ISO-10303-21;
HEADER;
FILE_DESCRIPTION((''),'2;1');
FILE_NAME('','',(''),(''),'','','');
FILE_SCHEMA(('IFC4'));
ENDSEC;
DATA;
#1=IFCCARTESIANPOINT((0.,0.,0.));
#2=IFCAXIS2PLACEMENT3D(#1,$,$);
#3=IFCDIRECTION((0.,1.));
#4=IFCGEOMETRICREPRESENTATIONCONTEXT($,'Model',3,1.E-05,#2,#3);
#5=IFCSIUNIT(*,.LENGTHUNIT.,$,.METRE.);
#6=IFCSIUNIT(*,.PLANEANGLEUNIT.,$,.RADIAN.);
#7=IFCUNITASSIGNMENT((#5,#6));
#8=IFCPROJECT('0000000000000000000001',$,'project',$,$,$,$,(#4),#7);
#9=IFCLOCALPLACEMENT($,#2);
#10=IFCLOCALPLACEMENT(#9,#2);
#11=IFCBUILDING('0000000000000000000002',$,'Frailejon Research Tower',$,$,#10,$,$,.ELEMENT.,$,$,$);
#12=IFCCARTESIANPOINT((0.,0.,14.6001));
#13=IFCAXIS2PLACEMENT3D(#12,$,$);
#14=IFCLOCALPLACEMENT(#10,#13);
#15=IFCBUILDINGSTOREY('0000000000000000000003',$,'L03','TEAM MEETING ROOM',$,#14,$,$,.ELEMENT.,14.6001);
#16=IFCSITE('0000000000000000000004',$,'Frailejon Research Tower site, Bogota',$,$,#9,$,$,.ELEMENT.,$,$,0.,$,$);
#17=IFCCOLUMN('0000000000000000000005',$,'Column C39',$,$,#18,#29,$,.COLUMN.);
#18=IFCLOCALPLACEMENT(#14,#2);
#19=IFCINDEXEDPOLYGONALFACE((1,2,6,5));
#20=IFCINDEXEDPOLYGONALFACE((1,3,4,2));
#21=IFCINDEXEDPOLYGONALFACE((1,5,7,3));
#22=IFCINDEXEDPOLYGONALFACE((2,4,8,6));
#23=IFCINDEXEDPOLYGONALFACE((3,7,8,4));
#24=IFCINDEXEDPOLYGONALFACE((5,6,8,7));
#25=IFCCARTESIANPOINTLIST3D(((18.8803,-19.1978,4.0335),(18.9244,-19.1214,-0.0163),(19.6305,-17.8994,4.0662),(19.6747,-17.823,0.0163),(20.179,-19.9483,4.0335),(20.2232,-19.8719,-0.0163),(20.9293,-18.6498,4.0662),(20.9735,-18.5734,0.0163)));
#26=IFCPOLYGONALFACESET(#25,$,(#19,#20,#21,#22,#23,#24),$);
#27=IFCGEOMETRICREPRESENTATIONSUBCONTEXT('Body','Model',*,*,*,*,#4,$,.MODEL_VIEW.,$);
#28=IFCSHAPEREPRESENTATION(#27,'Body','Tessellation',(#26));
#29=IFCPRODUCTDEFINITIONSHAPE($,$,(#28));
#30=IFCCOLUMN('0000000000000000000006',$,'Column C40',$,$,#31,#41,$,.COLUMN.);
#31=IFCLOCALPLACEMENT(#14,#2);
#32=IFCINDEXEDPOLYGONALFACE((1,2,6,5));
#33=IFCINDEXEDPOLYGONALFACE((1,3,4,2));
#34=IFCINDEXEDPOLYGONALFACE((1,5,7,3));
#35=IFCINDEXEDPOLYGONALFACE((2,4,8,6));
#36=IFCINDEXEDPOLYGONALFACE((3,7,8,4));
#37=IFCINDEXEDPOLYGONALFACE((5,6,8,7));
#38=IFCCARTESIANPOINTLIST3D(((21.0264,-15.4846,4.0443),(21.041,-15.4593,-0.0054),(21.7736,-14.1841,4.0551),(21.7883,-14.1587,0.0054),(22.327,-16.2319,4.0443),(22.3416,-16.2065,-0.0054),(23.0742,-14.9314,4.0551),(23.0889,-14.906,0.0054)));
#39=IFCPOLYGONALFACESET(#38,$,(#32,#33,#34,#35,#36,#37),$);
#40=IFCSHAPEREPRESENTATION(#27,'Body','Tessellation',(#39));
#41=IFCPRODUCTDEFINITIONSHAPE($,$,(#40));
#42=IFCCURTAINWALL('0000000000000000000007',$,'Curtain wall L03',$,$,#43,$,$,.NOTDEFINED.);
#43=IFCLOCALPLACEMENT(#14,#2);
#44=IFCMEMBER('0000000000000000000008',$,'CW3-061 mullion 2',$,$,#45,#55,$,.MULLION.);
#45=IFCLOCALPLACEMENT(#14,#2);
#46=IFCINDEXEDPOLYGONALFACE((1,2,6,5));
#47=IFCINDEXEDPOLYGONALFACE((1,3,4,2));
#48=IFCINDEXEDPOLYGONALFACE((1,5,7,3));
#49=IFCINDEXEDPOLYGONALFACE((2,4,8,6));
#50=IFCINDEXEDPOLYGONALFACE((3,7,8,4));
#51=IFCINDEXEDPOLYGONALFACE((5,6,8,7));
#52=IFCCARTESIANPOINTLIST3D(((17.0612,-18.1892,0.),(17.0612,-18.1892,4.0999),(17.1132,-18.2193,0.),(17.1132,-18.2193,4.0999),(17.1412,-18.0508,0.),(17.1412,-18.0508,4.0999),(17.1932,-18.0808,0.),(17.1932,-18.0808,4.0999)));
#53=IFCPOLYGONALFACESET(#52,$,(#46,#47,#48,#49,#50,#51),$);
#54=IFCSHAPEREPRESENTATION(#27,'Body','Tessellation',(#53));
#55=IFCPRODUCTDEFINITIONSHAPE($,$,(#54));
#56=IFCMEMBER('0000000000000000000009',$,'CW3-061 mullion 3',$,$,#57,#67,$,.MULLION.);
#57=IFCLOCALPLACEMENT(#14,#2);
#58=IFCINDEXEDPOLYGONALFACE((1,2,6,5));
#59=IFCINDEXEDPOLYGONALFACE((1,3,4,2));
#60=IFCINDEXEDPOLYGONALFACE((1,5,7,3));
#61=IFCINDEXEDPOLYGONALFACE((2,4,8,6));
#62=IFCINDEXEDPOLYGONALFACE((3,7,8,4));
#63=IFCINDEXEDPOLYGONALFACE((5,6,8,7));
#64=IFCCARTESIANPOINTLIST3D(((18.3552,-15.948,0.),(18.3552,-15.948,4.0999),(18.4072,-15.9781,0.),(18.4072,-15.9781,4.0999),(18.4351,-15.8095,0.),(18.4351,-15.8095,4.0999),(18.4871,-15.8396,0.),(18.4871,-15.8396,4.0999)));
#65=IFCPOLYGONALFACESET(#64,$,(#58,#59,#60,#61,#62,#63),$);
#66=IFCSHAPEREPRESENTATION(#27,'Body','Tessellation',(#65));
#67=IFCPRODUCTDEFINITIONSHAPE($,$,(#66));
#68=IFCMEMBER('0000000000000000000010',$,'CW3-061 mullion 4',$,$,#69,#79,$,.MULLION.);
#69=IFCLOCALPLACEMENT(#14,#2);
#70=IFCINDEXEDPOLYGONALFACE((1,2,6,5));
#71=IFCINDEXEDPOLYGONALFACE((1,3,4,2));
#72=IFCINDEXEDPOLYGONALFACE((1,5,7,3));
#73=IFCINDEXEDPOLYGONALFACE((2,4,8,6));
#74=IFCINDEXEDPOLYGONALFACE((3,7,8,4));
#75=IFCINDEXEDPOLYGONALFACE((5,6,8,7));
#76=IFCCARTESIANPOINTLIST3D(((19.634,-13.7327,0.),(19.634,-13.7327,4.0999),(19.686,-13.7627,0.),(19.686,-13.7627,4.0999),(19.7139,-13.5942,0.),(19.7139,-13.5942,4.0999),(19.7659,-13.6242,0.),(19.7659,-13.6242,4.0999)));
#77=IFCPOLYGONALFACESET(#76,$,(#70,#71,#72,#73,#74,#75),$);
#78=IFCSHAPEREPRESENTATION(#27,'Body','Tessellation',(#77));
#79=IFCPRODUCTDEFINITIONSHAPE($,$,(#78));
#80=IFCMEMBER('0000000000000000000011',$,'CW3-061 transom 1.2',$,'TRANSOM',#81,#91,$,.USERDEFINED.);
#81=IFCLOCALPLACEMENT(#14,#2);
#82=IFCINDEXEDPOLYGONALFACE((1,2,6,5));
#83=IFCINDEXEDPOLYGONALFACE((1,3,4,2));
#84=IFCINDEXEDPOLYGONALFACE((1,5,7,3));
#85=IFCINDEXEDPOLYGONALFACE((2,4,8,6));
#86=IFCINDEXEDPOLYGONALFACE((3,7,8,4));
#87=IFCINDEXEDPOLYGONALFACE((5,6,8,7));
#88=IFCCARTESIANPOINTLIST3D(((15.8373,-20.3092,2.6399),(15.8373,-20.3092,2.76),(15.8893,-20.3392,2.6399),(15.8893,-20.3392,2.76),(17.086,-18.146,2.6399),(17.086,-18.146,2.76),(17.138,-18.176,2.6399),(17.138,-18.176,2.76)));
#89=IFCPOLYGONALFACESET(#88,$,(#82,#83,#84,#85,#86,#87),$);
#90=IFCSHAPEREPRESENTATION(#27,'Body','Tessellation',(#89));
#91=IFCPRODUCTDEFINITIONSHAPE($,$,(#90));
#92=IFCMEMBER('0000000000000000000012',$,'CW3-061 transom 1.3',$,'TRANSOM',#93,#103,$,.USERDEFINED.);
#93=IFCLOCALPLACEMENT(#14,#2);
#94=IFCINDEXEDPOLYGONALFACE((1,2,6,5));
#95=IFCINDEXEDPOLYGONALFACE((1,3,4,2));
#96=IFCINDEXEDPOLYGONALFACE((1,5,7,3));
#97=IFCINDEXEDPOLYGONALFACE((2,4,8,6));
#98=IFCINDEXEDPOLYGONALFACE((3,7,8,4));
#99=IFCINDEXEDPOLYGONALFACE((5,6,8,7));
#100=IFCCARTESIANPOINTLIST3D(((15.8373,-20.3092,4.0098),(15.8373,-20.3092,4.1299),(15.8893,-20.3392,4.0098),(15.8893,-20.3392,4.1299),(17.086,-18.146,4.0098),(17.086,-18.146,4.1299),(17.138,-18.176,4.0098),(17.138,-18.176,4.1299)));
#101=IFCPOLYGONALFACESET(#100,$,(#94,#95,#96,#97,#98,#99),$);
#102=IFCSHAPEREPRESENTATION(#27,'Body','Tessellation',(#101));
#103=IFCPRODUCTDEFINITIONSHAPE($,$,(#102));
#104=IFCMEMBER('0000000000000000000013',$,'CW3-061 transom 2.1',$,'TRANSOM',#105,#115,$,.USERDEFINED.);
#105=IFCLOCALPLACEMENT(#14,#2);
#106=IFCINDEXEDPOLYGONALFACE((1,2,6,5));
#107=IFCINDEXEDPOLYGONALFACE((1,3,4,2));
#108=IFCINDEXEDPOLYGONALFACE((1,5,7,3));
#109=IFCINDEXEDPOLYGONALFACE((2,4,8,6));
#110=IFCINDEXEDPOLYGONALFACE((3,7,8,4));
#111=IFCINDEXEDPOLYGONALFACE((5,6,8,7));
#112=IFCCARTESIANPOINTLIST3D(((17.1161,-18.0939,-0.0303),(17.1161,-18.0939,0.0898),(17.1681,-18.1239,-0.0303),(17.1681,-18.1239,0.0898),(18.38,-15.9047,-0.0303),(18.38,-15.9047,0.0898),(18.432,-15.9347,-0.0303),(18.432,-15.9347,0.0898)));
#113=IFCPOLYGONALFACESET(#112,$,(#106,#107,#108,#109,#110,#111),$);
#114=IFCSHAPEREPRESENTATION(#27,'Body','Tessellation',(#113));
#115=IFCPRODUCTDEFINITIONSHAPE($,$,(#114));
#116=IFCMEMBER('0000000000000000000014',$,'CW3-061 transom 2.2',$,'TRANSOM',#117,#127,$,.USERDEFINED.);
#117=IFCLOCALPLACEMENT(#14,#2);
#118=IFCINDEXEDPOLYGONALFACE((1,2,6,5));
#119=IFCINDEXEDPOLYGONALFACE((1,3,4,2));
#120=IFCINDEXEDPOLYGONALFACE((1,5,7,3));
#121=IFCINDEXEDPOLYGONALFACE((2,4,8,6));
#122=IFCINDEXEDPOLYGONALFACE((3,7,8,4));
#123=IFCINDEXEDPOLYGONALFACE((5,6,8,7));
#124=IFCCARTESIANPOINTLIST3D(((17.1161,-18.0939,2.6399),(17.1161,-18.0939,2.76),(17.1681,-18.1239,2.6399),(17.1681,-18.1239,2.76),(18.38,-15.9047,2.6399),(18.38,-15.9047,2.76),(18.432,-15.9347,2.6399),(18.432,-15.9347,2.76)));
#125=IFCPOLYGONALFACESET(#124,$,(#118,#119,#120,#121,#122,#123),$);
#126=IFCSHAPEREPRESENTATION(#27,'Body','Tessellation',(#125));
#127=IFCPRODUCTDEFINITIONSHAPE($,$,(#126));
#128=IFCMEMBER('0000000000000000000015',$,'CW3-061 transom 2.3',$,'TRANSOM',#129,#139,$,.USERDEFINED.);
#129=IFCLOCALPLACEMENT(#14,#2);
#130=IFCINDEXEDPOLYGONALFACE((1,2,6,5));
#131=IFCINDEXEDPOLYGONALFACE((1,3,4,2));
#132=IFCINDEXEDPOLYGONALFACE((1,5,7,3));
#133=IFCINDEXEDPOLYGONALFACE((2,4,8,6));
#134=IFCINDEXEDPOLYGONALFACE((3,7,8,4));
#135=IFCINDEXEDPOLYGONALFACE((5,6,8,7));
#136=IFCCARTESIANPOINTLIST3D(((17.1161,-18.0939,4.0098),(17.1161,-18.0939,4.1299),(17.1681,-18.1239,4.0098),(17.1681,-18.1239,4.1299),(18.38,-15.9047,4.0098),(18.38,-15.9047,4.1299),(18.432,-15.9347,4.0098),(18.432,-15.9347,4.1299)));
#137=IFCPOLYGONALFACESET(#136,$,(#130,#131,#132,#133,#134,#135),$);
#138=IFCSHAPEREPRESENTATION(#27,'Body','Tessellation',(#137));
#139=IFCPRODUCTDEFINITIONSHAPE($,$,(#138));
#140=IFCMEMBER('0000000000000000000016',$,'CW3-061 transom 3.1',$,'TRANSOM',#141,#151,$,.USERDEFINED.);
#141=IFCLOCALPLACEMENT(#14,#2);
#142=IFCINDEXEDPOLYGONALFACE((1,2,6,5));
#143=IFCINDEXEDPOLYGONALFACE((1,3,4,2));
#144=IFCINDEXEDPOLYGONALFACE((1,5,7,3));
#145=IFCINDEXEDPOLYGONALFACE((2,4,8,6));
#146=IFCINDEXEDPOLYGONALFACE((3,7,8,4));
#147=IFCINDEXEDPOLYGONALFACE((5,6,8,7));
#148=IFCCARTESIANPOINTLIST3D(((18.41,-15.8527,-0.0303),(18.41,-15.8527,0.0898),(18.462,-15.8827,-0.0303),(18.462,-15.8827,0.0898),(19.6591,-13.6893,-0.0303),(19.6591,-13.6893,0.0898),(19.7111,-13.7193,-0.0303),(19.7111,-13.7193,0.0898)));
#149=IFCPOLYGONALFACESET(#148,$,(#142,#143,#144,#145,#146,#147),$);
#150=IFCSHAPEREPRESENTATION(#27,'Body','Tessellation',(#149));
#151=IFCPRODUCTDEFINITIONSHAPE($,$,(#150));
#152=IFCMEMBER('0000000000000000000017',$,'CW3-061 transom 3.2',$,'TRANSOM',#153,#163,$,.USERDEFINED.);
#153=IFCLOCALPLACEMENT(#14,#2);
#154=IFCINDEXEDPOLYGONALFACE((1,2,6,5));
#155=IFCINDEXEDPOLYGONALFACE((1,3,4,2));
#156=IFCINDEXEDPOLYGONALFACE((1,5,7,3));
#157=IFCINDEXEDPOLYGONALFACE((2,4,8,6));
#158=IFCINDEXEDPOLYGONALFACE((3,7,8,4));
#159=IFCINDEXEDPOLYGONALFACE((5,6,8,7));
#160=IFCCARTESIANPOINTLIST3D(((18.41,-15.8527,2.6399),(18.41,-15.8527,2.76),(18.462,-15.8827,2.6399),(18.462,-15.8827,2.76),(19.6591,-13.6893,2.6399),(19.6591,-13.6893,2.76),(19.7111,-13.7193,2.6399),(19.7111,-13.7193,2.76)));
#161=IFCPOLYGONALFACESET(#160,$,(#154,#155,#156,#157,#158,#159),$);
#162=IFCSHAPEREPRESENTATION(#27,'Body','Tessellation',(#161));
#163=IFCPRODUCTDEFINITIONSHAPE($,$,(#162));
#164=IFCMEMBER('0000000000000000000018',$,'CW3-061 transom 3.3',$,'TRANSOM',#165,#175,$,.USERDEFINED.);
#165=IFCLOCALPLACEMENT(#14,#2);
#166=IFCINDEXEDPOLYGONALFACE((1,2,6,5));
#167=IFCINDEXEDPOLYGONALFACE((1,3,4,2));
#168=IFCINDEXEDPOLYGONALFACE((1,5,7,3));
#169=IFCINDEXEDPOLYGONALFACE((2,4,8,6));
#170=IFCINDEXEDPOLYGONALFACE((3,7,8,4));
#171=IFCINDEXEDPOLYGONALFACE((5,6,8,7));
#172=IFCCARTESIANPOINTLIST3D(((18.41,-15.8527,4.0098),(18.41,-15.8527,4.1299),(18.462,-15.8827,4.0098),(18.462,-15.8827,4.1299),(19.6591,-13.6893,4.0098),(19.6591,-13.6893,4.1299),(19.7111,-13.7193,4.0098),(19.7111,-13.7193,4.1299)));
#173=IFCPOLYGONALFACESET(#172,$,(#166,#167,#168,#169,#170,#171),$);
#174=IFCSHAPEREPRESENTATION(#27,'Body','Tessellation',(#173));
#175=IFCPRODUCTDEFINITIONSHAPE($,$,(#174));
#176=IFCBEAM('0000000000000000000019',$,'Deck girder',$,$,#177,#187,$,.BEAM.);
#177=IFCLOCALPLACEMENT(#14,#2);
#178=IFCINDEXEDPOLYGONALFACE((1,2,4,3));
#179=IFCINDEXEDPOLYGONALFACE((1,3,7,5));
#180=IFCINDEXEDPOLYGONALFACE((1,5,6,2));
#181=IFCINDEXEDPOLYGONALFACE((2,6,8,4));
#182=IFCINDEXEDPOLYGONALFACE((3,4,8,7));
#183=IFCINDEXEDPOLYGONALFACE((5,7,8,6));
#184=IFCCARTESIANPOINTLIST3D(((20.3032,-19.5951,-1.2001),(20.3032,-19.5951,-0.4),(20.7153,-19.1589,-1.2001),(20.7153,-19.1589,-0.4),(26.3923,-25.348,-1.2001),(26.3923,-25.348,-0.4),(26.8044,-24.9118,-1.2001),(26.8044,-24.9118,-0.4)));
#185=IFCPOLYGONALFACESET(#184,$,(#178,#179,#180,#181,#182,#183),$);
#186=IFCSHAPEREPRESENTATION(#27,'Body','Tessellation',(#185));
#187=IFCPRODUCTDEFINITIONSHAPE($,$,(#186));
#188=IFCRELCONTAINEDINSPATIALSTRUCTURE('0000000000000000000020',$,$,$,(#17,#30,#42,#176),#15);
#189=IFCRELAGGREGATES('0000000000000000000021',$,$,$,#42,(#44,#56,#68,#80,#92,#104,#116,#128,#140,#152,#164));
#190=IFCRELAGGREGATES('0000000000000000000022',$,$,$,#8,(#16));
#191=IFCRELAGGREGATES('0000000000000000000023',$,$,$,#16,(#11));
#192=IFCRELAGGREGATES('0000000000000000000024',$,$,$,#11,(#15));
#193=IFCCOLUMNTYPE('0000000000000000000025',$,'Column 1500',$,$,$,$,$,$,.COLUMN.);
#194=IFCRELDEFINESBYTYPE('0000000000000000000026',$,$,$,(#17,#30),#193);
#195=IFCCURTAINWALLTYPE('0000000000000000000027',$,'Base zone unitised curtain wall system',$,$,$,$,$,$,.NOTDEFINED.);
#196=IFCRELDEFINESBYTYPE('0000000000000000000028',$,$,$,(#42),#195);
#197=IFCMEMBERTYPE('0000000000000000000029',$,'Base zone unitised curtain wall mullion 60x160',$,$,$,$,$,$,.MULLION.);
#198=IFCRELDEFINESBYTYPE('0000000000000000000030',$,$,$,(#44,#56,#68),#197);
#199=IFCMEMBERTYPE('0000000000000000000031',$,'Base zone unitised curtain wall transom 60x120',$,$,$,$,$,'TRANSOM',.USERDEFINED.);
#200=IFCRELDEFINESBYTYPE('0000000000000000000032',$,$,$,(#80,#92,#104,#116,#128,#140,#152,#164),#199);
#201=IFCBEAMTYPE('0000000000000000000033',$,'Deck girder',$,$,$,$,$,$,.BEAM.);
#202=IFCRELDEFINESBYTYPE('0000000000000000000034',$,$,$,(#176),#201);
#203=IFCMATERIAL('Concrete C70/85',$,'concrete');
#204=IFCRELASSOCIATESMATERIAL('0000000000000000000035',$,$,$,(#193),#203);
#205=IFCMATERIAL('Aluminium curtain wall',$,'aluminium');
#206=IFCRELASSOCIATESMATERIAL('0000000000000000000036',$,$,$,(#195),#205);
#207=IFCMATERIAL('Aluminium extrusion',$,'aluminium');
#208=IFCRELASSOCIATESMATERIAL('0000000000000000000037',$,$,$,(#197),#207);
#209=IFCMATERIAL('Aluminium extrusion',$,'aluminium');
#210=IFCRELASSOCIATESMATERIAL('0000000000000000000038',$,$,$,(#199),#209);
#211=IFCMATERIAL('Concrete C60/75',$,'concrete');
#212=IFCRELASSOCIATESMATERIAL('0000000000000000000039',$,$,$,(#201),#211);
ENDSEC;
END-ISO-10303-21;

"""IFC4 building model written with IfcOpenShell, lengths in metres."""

from ifc_helpers import new_model, si_unit, direction, frame, origin, origin_2d, place, context, subcontext, project, spatial, rectangle, extrude, material, material_profile, profile_set, type_object, element, aggregate, save


model = new_model("IFC4")

# Units and contexts
model_context = context("Model", 3, precision=1e-05, world=origin(), true_north=direction((0.0, 1.0)))
body_context = subcontext(model_context, "Body", "Model", "MODEL_VIEW")
ifc_project = project(units=[si_unit("LENGTHUNIT", "METRE"), si_unit("PLANEANGLEUNIT", "RADIAN")], contexts=[model_context])

# Site, building, storey
site_placement = place(None, origin())
site = spatial("IfcSite", under=ifc_project, at=site_placement, Name="Frailejon Research Tower site, Bogota", CompositionType="ELEMENT", RefElevation=0.0)
building_placement = place(site_placement, origin())
building = spatial("IfcBuilding", under=site, at=building_placement, Name="Frailejon Research Tower", CompositionType="ELEMENT")
storey_placement = place(building_placement, frame((0.0, 0.0, 14.6001)))
storey = spatial("IfcBuildingStorey", under=building, at=storey_placement, Name="L03", Description="TEAM MEETING ROOM", CompositionType="ELEMENT", Elevation=14.6001)

# Columns
ifc_material_1 = material(Name="Concrete C70/85", Category="concrete")
ifc_material_profile_1 = material_profile(ifc_material_1, rectangle(XDim=1.5, YDim=1.5, at=origin_2d()), Name="Column 1500")
ifc_profile_set_1 = profile_set([ifc_material_profile_1], Name="Concrete C70/85")
column_type = type_object("IfcColumnType", Name="Column 1500", PredefinedType="COLUMN", material=ifc_profile_set_1)
column_1_placement = place(storey_placement, frame((19.949, -18.8474, 0.0), z_axis=(-0.010909, -0.018865, 0.999763), x_axis=(0.500187, 0.865643, 0.021792)))
element("IfcColumn", 1, at=column_1_placement, inside=storey, type_object=column_type, Name="Column C39", PredefinedType="COLUMN", context=body_context, shape_type="SweptSolid", body=[
    extrude(rectangle(XDim=1.5, YDim=1.5, at=origin_2d()), origin(), (0.0, 0.0, 1.0), 4.0508),
])
column_2_placement = place(storey_placement, frame((22.0649, -15.1826, 0.0), z_axis=(-0.003617, -0.006269, 0.999974), x_axis=(0.498177, 0.867045, 0.007238)))
element("IfcColumn", 2, at=column_2_placement, inside=storey, type_object=column_type, Name="Column C40", PredefinedType="COLUMN", context=body_context, shape_type="SweptSolid", body=[
    extrude(rectangle(XDim=1.5, YDim=1.5, at=origin_2d()), origin(), (0.0, 0.0, 1.0), 4.0498),
])

# Curtain wall, members
ifc_material_2 = material(Name="Aluminium curtain wall", Category="aluminium")
curtain_wall_type = type_object("IfcCurtainWallType", Name="Base zone unitised curtain wall system", PredefinedType="NOTDEFINED", material=ifc_material_2)
curtain_wall_placement = place(storey_placement, origin())
curtain_wall = element("IfcCurtainWall", 3, at=curtain_wall_placement, inside=storey, type_object=curtain_wall_type, Name="Curtain wall L03", PredefinedType="NOTDEFINED")
ifc_material_3 = material(Name="Aluminium extrusion", Category="aluminium")
ifc_material_profile_2 = material_profile(ifc_material_3, rectangle(XDim=0.0601, YDim=0.1599, at=origin_2d()), Name="Base zone unitised curtain wall mullion 60x160")
ifc_profile_set_2 = profile_set([ifc_material_profile_2], Name="Aluminium extrusion")
member_type_1 = type_object("IfcMemberType", Name="Base zone unitised curtain wall mullion 60x160", PredefinedType="MULLION", material=ifc_profile_set_2)
member_1_placement = place(storey_placement, frame((17.1272, -18.135, 0.0), z_axis=(0.0, 0.0, 1.0), x_axis=(-0.866029, 0.499993, 0.0)))
member_1 = element("IfcMember", 4, at=member_1_placement, type_object=member_type_1, Name="CW3-061 mullion 2", PredefinedType="MULLION", context=body_context, shape_type="SweptSolid", body=[
    extrude(rectangle(XDim=0.0601, YDim=0.1599, at=origin_2d()), origin(), (0.0, 0.0, 1.0), 4.0999),
])
member_2_placement = place(storey_placement, frame((18.4211, -15.8938, 0.0), z_axis=(0.0, 0.0, 1.0), x_axis=(-0.866029, 0.499993, 0.0)))
member_2 = element("IfcMember", 5, at=member_2_placement, type_object=member_type_1, Name="CW3-061 mullion 3", PredefinedType="MULLION", context=body_context, shape_type="SweptSolid", body=[
    extrude(rectangle(XDim=0.0601, YDim=0.1599, at=origin_2d()), origin(), (0.0, 0.0, 1.0), 4.0999),
])
member_3_placement = place(storey_placement, frame((19.7, -13.6785, 0.0), z_axis=(0.0, 0.0, 1.0), x_axis=(-0.866029, 0.499993, 0.0)))
member_3 = element("IfcMember", 6, at=member_3_placement, type_object=member_type_1, Name="CW3-061 mullion 4", PredefinedType="MULLION", context=body_context, shape_type="SweptSolid", body=[
    extrude(rectangle(XDim=0.0601, YDim=0.1599, at=origin_2d()), origin(), (0.0, 0.0, 1.0), 4.0999),
])
ifc_material_4 = material(Name="Aluminium extrusion", Category="aluminium")
ifc_material_profile_3 = material_profile(ifc_material_4, rectangle(XDim=0.0601, YDim=0.1201, at=origin_2d()), Name="Base zone unitised curtain wall transom 60x120")
ifc_profile_set_3 = profile_set([ifc_material_profile_3], Name="Aluminium extrusion")
member_type_2 = type_object("IfcMemberType", Name="Base zone unitised curtain wall transom 60x120", ElementType="TRANSOM", PredefinedType="USERDEFINED", material=ifc_profile_set_3)
member_4_placement = place(storey_placement, frame((15.8633, -20.3242, 2.7), z_axis=(0.499934, 0.866064, 0.0), x_axis=(-0.866064, 0.499934, 0.0)))
member_4 = element("IfcMember", 7, at=member_4_placement, type_object=member_type_2, Name="CW3-061 transom 1.2", ObjectType="TRANSOM", PredefinedType="USERDEFINED", context=body_context, shape_type="SweptSolid", body=[
    extrude(rectangle(XDim=0.0601, YDim=0.1201, at=origin_2d()), origin(), (0.0, 0.0, 1.0), 2.4978),
])
member_5_placement = place(storey_placement, frame((15.8633, -20.3242, 4.0698), z_axis=(0.499934, 0.866064, 0.0), x_axis=(-0.866064, 0.499934, 0.0)))
member_5 = element("IfcMember", 8, at=member_5_placement, type_object=member_type_2, Name="CW3-061 transom 1.3", ObjectType="TRANSOM", PredefinedType="USERDEFINED", context=body_context, shape_type="SweptSolid", body=[
    extrude(rectangle(XDim=0.0601, YDim=0.1201, at=origin_2d()), origin(), (0.0, 0.0, 1.0), 2.4978),
])
member_6_placement = place(storey_placement, frame((17.1421, -18.1089, 0.0298), z_axis=(0.499993, 0.86603, 0.0), x_axis=(-0.86603, 0.499993, 0.0)))
member_6 = element("IfcMember", 9, at=member_6_placement, type_object=member_type_2, Name="CW3-061 transom 2.1", ObjectType="TRANSOM", PredefinedType="USERDEFINED", context=body_context, shape_type="SweptSolid", body=[
    extrude(rectangle(XDim=0.0601, YDim=0.1201, at=origin_2d()), origin(), (0.0, 0.0, 1.0), 2.5278),
])
member_7_placement = place(storey_placement, frame((17.1421, -18.1089, 2.7), z_axis=(0.499993, 0.86603, 0.0), x_axis=(-0.86603, 0.499993, 0.0)))
member_7 = element("IfcMember", 10, at=member_7_placement, type_object=member_type_2, Name="CW3-061 transom 2.2", ObjectType="TRANSOM", PredefinedType="USERDEFINED", context=body_context, shape_type="SweptSolid", body=[
    extrude(rectangle(XDim=0.0601, YDim=0.1201, at=origin_2d()), origin(), (0.0, 0.0, 1.0), 2.5278),
])
member_8_placement = place(storey_placement, frame((17.1421, -18.1089, 4.0698), z_axis=(0.499993, 0.86603, 0.0), x_axis=(-0.86603, 0.499993, 0.0)))
member_8 = element("IfcMember", 11, at=member_8_placement, type_object=member_type_2, Name="CW3-061 transom 2.3", ObjectType="TRANSOM", PredefinedType="USERDEFINED", context=body_context, shape_type="SweptSolid", body=[
    extrude(rectangle(XDim=0.0601, YDim=0.1201, at=origin_2d()), origin(), (0.0, 0.0, 1.0), 2.5278),
])
member_9_placement = place(storey_placement, frame((18.436, -15.8677, 0.0298), z_axis=(0.500007, 0.866021, 0.0), x_axis=(-0.866021, 0.500007, 0.0)))
member_9 = element("IfcMember", 12, at=member_9_placement, type_object=member_type_2, Name="CW3-061 transom 3.1", ObjectType="TRANSOM", PredefinedType="USERDEFINED", context=body_context, shape_type="SweptSolid", body=[
    extrude(rectangle(XDim=0.0601, YDim=0.1201, at=origin_2d()), origin(), (0.0, 0.0, 1.0), 2.498),
])
member_10_placement = place(storey_placement, frame((18.436, -15.8677, 2.7), z_axis=(0.500007, 0.866021, 0.0), x_axis=(-0.866021, 0.500007, 0.0)))
member_10 = element("IfcMember", 13, at=member_10_placement, type_object=member_type_2, Name="CW3-061 transom 3.2", ObjectType="TRANSOM", PredefinedType="USERDEFINED", context=body_context, shape_type="SweptSolid", body=[
    extrude(rectangle(XDim=0.0601, YDim=0.1201, at=origin_2d()), origin(), (0.0, 0.0, 1.0), 2.498),
])
member_11_placement = place(storey_placement, frame((18.436, -15.8677, 4.0698), z_axis=(0.500007, 0.866021, 0.0), x_axis=(-0.866021, 0.500007, 0.0)))
member_11 = element("IfcMember", 14, at=member_11_placement, type_object=member_type_2, Name="CW3-061 transom 3.3", ObjectType="TRANSOM", PredefinedType="USERDEFINED", context=body_context, shape_type="SweptSolid", body=[
    extrude(rectangle(XDim=0.0601, YDim=0.1201, at=origin_2d()), origin(), (0.0, 0.0, 1.0), 2.498),
])

# Beam
ifc_material_5 = material(Name="Concrete C60/75", Category="concrete")
ifc_material_profile_4 = material_profile(ifc_material_5, rectangle(XDim=0.6001, YDim=0.8, at=origin_2d()), Name="Deck girder")
ifc_profile_set_4 = profile_set([ifc_material_profile_4], Name="Concrete C60/75")
beam_type_1 = type_object("IfcBeamType", Name="Deck girder", PredefinedType="BEAM", material=ifc_profile_set_4)
beam_1_placement = place(storey_placement, frame((20.5093, -19.377, -0.8), z_axis=(0.726888, -0.686756, 0.0), x_axis=(0.686756, 0.726888, 0.0)))
element("IfcBeam", 15, at=beam_1_placement, inside=storey, type_object=beam_type_1, Name="Deck girder", PredefinedType="BEAM", context=body_context, shape_type="SweptSolid", body=[
    extrude(rectangle(XDim=0.6001, YDim=0.8, at=origin_2d()), origin(), (0.0, 0.0, 1.0), 8.377),
])

aggregate(curtain_wall, [member_1, member_2, member_3, member_4, member_5, member_6, member_7, member_8, member_9, member_10, member_11])

save(model, "model.ifc")
